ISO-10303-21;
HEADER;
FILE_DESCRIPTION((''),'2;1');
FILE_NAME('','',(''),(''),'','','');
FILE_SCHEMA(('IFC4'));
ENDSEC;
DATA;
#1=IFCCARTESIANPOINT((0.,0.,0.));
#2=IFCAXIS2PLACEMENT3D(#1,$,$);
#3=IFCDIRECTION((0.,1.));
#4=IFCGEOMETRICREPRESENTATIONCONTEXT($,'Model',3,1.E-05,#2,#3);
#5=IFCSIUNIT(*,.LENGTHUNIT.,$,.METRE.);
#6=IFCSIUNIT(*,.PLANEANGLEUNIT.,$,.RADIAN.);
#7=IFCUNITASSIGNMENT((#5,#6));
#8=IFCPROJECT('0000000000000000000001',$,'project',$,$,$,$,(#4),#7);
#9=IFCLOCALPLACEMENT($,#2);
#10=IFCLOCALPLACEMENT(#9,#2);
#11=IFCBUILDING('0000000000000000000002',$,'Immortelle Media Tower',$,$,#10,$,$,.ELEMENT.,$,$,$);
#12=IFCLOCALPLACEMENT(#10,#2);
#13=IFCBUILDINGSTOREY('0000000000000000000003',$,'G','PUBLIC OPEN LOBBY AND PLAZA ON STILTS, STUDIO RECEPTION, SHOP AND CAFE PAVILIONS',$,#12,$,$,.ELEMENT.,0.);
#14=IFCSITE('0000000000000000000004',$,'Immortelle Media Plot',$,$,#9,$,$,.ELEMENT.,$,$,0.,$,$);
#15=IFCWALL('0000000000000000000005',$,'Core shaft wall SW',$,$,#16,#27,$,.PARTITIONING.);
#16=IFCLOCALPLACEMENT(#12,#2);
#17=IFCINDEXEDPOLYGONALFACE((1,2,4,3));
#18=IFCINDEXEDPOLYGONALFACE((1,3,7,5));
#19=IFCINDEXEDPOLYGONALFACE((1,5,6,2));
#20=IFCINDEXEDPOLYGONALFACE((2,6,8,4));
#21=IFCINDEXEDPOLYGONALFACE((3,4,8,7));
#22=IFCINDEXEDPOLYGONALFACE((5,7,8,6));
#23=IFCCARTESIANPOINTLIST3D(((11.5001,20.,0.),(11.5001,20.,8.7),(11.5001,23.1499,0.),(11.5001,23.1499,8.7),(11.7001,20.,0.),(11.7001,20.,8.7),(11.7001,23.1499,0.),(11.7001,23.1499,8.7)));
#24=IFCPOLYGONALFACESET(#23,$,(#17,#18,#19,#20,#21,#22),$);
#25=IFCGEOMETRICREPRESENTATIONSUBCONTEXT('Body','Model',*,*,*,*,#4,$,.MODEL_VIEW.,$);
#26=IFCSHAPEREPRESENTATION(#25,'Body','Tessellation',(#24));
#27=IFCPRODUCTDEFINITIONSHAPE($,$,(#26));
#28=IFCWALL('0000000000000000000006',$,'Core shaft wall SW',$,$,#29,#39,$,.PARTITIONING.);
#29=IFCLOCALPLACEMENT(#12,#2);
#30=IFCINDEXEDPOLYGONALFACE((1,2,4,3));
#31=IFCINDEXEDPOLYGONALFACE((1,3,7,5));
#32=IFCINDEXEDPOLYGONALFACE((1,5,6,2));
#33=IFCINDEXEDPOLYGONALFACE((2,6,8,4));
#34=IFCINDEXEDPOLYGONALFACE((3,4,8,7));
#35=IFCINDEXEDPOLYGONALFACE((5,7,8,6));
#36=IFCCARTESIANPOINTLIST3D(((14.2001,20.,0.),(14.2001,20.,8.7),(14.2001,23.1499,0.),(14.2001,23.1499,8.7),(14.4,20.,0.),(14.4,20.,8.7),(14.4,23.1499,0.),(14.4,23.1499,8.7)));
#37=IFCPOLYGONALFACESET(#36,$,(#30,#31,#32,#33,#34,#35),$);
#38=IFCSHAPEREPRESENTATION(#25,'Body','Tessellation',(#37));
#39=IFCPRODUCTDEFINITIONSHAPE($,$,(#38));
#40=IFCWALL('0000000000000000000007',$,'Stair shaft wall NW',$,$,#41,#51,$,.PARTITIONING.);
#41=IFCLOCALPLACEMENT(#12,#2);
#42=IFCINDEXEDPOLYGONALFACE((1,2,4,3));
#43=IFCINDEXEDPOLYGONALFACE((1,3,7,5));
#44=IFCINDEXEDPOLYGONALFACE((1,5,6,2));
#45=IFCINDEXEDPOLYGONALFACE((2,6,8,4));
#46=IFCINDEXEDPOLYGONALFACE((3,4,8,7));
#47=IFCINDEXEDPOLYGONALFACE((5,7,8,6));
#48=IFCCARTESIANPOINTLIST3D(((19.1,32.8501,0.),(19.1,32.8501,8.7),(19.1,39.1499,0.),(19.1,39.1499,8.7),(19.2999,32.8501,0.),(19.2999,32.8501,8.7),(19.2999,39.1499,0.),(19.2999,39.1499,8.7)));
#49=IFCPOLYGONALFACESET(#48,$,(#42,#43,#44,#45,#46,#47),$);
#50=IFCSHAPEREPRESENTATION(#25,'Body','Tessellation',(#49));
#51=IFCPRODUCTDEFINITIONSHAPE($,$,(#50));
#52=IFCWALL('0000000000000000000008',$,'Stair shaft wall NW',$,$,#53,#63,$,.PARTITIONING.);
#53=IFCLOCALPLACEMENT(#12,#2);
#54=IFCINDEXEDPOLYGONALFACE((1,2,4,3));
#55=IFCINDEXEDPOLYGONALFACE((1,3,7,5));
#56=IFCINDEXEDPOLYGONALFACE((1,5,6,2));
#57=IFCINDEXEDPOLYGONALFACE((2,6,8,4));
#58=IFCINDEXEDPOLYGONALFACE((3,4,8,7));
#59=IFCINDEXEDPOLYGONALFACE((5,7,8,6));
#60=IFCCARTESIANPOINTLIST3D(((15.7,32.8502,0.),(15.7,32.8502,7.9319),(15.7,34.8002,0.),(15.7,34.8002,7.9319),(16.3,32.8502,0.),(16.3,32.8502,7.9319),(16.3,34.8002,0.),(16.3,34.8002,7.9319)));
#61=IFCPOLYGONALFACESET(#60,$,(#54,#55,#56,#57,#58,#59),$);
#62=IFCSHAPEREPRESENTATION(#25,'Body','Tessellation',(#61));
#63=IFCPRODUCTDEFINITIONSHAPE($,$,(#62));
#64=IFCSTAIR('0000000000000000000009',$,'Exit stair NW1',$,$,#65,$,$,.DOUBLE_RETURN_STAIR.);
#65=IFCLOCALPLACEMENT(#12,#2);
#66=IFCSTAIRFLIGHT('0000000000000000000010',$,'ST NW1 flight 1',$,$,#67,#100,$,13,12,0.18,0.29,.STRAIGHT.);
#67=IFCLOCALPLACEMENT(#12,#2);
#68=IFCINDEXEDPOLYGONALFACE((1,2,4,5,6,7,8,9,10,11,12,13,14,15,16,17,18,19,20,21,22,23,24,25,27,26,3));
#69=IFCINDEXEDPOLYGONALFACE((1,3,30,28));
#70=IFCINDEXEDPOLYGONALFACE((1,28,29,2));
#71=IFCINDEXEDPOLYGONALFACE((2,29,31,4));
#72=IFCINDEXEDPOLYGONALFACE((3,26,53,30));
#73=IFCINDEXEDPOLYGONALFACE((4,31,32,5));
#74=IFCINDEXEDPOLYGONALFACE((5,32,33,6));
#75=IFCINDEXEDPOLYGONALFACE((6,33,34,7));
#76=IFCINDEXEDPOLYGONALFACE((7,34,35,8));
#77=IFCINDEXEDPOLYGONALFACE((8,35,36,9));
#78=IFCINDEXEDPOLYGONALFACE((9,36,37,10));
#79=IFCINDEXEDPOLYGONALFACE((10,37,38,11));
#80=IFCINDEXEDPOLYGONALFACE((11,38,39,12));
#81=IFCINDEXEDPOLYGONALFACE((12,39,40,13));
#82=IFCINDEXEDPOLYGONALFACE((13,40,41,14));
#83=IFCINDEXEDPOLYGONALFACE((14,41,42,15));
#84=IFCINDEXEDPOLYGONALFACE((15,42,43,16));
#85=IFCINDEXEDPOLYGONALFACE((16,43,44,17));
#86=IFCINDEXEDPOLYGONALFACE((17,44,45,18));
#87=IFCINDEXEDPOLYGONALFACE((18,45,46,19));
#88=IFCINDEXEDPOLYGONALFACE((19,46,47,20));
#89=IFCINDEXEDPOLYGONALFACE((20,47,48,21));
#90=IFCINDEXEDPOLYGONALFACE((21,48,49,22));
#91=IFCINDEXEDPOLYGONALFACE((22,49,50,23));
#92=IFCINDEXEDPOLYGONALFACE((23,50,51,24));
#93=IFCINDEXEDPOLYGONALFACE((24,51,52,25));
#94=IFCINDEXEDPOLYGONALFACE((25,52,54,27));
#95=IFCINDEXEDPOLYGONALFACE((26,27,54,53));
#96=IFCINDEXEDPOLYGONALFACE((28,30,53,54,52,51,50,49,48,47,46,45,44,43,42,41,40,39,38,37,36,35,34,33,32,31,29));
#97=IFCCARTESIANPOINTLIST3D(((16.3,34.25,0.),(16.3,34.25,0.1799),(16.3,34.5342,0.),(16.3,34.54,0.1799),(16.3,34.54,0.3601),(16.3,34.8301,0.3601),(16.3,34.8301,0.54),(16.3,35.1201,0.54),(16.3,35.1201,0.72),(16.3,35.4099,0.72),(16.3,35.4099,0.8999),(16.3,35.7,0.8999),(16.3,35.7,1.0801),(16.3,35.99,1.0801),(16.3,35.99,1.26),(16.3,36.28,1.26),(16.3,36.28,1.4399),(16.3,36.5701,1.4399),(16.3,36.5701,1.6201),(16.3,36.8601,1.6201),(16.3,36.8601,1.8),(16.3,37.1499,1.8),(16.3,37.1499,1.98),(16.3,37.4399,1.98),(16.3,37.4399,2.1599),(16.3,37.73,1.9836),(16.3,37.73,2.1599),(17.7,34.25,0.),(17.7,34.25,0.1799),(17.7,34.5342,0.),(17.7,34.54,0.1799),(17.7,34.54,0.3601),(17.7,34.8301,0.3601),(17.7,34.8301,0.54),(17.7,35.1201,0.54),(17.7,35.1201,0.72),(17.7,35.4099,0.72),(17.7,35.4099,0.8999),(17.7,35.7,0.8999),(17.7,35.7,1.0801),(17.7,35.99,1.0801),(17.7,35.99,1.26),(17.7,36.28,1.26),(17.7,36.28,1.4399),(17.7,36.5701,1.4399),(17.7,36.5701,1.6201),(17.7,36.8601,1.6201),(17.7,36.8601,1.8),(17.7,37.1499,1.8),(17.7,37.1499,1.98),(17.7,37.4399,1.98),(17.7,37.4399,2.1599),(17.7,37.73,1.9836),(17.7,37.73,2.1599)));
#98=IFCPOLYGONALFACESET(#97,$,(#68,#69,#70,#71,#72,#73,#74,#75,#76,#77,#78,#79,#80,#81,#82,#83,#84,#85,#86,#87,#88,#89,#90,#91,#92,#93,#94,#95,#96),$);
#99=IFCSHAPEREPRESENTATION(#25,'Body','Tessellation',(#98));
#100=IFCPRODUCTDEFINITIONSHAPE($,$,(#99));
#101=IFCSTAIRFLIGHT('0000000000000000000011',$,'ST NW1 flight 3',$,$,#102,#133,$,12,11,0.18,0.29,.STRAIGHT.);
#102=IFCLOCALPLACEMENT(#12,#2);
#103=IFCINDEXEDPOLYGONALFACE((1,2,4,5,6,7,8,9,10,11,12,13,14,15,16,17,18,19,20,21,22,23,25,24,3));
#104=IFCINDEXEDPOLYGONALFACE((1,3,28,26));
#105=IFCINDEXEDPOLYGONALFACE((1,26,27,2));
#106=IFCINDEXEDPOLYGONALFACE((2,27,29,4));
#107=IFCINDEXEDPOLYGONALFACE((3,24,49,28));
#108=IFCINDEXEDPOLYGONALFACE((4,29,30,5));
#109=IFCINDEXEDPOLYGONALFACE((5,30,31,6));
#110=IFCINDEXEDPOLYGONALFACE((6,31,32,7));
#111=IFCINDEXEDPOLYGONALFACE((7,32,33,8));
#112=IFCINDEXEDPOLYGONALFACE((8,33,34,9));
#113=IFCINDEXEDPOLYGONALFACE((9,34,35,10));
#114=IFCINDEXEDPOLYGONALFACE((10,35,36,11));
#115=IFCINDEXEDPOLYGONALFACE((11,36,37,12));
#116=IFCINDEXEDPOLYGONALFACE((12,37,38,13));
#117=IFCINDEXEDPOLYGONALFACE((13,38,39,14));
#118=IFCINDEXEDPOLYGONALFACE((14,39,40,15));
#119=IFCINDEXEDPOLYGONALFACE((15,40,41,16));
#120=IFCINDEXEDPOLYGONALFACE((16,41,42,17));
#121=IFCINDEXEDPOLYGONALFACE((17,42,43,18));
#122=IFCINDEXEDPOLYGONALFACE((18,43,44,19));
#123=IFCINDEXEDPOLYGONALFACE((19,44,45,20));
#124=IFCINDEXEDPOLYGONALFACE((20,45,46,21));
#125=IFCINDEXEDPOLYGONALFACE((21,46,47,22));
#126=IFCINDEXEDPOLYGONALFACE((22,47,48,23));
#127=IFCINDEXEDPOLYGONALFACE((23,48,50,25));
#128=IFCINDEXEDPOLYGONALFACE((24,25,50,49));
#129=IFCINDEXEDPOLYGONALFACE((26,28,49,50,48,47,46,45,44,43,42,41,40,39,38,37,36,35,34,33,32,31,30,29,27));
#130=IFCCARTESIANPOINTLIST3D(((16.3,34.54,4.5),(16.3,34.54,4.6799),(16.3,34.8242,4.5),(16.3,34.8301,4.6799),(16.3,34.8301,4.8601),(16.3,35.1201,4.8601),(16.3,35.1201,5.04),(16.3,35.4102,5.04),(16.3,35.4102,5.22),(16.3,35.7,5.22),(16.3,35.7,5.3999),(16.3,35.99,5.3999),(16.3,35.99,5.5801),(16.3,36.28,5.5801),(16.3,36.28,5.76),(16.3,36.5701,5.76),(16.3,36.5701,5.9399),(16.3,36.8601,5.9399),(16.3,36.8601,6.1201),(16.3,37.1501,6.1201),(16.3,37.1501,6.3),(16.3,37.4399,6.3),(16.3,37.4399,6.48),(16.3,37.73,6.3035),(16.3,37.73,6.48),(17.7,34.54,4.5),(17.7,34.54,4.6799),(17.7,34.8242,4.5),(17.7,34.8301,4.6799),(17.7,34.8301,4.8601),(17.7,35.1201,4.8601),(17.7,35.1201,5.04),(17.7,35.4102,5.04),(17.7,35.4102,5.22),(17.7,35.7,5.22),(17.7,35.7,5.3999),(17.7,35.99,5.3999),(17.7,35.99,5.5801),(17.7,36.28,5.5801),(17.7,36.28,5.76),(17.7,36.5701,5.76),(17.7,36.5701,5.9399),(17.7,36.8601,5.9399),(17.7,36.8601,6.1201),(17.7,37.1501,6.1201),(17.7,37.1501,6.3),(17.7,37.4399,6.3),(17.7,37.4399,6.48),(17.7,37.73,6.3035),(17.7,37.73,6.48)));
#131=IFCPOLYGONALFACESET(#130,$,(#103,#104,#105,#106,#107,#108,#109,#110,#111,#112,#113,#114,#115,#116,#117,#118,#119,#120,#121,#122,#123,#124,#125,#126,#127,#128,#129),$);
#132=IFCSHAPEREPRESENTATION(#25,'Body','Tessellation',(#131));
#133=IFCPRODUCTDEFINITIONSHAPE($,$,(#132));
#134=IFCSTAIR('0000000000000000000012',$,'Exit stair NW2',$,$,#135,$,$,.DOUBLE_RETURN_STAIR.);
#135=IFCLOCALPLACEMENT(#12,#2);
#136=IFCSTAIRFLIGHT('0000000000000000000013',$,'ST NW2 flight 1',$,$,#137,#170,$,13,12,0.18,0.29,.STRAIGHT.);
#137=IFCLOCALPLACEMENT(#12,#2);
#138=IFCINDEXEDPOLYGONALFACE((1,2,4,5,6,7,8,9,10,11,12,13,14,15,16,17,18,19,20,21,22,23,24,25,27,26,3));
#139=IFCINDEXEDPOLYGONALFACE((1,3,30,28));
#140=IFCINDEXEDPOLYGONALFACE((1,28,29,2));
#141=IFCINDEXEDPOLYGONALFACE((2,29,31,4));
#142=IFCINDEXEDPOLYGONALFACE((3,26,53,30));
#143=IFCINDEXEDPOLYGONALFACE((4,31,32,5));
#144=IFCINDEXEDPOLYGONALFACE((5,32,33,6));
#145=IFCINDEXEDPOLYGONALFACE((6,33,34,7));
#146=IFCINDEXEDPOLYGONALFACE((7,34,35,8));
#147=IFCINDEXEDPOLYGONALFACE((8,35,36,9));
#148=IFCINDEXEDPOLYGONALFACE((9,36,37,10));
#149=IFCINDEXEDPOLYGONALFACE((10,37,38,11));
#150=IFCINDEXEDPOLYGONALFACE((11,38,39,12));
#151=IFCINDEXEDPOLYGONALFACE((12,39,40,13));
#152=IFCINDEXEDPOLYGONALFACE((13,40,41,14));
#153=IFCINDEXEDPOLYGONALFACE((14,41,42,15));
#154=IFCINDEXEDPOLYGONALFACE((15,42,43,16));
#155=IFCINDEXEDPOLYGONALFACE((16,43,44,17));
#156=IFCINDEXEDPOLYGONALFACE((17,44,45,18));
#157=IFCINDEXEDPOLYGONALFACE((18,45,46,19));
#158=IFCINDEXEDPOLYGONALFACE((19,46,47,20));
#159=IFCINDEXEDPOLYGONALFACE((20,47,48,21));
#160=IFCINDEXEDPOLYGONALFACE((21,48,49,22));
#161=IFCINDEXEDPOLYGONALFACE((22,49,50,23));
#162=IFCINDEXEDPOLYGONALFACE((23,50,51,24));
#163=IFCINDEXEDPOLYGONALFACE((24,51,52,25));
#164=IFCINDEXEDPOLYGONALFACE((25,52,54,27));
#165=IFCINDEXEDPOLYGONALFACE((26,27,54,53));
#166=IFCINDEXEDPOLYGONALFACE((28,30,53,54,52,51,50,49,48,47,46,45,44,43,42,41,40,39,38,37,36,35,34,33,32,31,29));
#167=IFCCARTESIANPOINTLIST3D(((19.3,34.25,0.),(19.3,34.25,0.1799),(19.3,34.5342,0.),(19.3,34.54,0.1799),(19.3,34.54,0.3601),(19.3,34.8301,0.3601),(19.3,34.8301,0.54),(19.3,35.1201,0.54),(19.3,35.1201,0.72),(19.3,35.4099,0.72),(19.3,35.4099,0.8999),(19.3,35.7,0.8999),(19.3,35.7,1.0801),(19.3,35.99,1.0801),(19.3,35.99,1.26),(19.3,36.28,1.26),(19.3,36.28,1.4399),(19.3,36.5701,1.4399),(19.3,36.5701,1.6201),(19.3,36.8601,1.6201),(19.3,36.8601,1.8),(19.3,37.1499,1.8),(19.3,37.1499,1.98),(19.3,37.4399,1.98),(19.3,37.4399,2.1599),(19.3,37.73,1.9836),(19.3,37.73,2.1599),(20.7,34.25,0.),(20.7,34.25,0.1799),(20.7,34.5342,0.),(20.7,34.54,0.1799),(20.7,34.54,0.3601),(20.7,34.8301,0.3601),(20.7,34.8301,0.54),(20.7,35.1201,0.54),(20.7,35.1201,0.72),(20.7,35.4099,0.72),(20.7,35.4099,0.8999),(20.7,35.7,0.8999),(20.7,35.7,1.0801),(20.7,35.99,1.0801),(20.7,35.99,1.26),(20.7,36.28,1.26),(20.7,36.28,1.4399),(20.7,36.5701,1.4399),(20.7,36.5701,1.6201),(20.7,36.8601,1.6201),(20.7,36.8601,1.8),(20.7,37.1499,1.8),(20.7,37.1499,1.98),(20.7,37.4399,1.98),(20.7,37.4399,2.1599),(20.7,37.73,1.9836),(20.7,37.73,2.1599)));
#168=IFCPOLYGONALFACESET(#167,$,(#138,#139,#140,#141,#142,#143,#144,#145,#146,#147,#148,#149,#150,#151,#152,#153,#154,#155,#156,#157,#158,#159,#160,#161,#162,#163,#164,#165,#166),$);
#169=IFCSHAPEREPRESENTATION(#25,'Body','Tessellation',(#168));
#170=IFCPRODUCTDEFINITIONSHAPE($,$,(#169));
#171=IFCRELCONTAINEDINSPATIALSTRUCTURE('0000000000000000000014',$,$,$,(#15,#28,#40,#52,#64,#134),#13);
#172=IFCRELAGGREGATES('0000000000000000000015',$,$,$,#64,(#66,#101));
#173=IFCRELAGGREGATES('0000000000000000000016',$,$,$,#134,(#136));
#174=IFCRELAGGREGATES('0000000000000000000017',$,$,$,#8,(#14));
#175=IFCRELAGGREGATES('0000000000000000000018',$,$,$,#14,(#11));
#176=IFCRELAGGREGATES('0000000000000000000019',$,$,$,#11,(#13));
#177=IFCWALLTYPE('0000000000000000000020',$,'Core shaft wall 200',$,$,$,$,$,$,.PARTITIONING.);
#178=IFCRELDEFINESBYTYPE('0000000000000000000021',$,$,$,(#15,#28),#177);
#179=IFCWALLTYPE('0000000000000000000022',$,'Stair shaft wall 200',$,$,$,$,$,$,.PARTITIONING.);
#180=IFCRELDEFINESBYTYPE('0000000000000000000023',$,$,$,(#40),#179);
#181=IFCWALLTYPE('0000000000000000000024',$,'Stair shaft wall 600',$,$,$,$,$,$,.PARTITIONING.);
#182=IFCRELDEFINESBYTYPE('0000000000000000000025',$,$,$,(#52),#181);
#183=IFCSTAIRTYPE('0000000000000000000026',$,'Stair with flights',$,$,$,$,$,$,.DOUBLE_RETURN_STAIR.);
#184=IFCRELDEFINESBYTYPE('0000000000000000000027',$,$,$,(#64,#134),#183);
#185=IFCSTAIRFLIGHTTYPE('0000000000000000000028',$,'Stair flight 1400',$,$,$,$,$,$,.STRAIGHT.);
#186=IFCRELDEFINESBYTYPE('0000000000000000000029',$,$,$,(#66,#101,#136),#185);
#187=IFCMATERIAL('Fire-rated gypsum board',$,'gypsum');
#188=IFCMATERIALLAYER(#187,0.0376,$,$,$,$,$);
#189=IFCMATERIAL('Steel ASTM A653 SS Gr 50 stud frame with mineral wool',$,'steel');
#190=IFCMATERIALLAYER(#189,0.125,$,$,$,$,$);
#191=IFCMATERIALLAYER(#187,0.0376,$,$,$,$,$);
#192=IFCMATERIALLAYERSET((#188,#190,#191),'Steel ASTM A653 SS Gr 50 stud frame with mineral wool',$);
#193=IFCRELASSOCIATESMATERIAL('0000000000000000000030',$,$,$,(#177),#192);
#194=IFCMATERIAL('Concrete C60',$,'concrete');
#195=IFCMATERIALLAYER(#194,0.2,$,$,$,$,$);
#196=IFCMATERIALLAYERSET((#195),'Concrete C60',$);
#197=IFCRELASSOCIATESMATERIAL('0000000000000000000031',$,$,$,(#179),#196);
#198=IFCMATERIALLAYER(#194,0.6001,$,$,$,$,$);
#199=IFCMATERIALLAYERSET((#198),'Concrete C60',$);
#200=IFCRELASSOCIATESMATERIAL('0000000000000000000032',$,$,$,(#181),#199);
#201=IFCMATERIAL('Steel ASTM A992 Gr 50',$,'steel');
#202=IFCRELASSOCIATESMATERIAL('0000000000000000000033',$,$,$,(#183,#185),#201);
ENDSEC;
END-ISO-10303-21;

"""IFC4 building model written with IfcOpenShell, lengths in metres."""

from ifc_helpers import new_model, si_unit, direction, frame, frame_2d, origin, place, context, subcontext, project, spatial, polyline, rectangle, outline, extrude, material, layer, layer_set, type_object, element, aggregate, save


model = new_model("IFC4")

# Units and contexts
model_context = context("Model", 3, precision=1e-05, world=origin(), true_north=direction((0.0, 1.0)))
body_context = subcontext(model_context, "Body", "Model", "MODEL_VIEW")
ifc_project = project(units=[si_unit("LENGTHUNIT", "METRE"), si_unit("PLANEANGLEUNIT", "RADIAN")], contexts=[model_context])

# Site, building, storey
site_placement = place(None, origin())
site = spatial("IfcSite", under=ifc_project, at=site_placement, Name="Immortelle Media Plot", CompositionType="ELEMENT", RefElevation=0.0)
building_placement = place(site_placement, origin())
building = spatial("IfcBuilding", under=site, at=building_placement, Name="Immortelle Media Tower", CompositionType="ELEMENT")
storey_placement = place(building_placement, origin())
storey = spatial("IfcBuildingStorey", under=building, at=storey_placement, Name="G", Description="PUBLIC OPEN LOBBY AND PLAZA ON STILTS, STUDIO RECEPTION, SHOP AND CAFE PAVILIONS", CompositionType="ELEMENT", Elevation=0.0)

# Shared definitions
ifc_material_1 = material(Name="Steel ASTM A992 Gr 50", Category="steel")

# Walls
ifc_material_2 = material(Name="Fire-rated gypsum board", Category="gypsum")
ifc_material_3 = material(Name="Steel ASTM A653 SS Gr 50 stud frame with mineral wool", Category="steel")
ifc_layer_1 = layer(ifc_material_2, 0.0376)
ifc_layer_2 = layer(ifc_material_3, 0.125)
ifc_layer_3 = layer(ifc_material_2, 0.0376)
ifc_layer_set_1 = layer_set([ifc_layer_1, ifc_layer_2, ifc_layer_3], Name="Steel ASTM A653 SS Gr 50 stud frame with mineral wool")
wall_type_1 = type_object("IfcWallType", Name="Core shaft wall 200", PredefinedType="PARTITIONING", material=ifc_layer_set_1)
for number, where, z_axis, x_axis, name in (
    (1, (11.6001, 20.0, 0.0), (0.0, 0.0, 1.0), (0.0, 1.0, 0.0), "Core shaft wall SW"),
    (2, (14.3, 20.0, 0.0), (0.0, 0.0, 1.0), (0.0, 1.0, 0.0), "Core shaft wall SW"),
):
    element("IfcWall", number, at=place(storey_placement, frame(where, z_axis=z_axis, x_axis=x_axis)), inside=storey, type_object=wall_type_1, Name=name, PredefinedType="PARTITIONING", context=body_context, shape_type="SweptSolid", body=[
        extrude(rectangle(XDim=3.1499, YDim=0.2, at=frame_2d((1.575, 0.0))), origin(), (0.0, 0.0, 1.0), 8.7),
    ])
ifc_material_4 = material(Name="Concrete C60", Category="concrete")
ifc_layer_4 = layer(ifc_material_4, 0.2)
ifc_layer_set_2 = layer_set([ifc_layer_4], Name="Concrete C60")
wall_type_2 = type_object("IfcWallType", Name="Stair shaft wall 200", PredefinedType="PARTITIONING", material=ifc_layer_set_2)
wall_1_placement = place(storey_placement, frame((19.2, 32.8501, 0.0), z_axis=(0.0, 0.0, 1.0), x_axis=(0.0, 1.0, 0.0)))
element("IfcWall", 3, at=wall_1_placement, inside=storey, type_object=wall_type_2, Name="Stair shaft wall NW", PredefinedType="PARTITIONING", context=body_context, shape_type="SweptSolid", body=[
    extrude(rectangle(XDim=6.2998, YDim=0.2, at=frame_2d((3.1499, 0.0))), origin(), (0.0, 0.0, 1.0), 8.7),
])
ifc_layer_5 = layer(ifc_material_4, 0.6001)
ifc_layer_set_3 = layer_set([ifc_layer_5], Name="Concrete C60")
wall_type_3 = type_object("IfcWallType", Name="Stair shaft wall 600", PredefinedType="PARTITIONING", material=ifc_layer_set_3)
wall_2_placement = place(storey_placement, frame((16.0, 32.8501, 0.0), z_axis=(0.0, 0.0, 1.0), x_axis=(0.0, 1.0, 0.0)))
element("IfcWall", 4, at=wall_2_placement, inside=storey, type_object=wall_type_3, Name="Stair shaft wall NW", PredefinedType="PARTITIONING", context=body_context, shape_type="SweptSolid", body=[
    extrude(rectangle(XDim=1.95, YDim=0.6001, at=frame_2d((0.9751, 0.0))), origin(), (0.0, 0.0, 1.0), 7.9319),
])

# Stairs, stair flights
stair_type = type_object("IfcStairType", Name="Stair with flights", PredefinedType="DOUBLE_RETURN_STAIR", material=ifc_material_1)
stair_1_placement = place(storey_placement, origin())
stair_1 = element("IfcStair", 5, at=stair_1_placement, inside=storey, type_object=stair_type, Name="Exit stair NW1", PredefinedType="DOUBLE_RETURN_STAIR")
stair_flight_type = type_object("IfcStairFlightType", Name="Stair flight 1400", PredefinedType="STRAIGHT", material=ifc_material_1)
stair_flight_1_placement = place(storey_placement, frame((17.0, 34.25, 0.0), z_axis=(0.0, 0.0, 1.0), x_axis=(0.0, 1.0, 0.0)))
stair_flight_1 = element("IfcStairFlight", 6, at=stair_flight_1_placement, type_object=stair_flight_type, Name="ST NW1 flight 1", NumberOfRisers=13, NumberOfTreads=12, PredefinedType="STRAIGHT", RiserHeight=0.18, TreadLength=0.29, context=body_context, shape_type="SweptSolid", body=[
    extrude(outline(polyline([(0.0, 0.0), (0.0, 0.1799), (0.29, 0.1799), (0.29, 0.3601), (0.5801, 0.3601), (0.5801, 0.54), (0.8701, 0.54), (0.8701, 0.72), (1.1599, 0.72), (1.1599, 0.8999), (1.45, 0.8999), (1.45, 1.0801), (1.74, 1.0801), (1.74, 1.26), (2.03, 1.26), (2.03, 1.4399), (2.3201, 1.4399), (2.3201, 1.6201), (2.6101, 1.6201), (2.6101, 1.8), (2.8999, 1.8), (2.8999, 1.98), (3.1899, 1.98), (3.1899, 2.1599), (3.48, 2.1599), (3.48, 2.3401), (3.48, 1.9836), (0.2842, 0.0), (0.0, 0.0)])), frame((0.0, 0.7, 0.0), z_axis=(0.0, -1.0, 0.0), x_axis=(1.0, 0.0, 0.0)), (0.0, 0.0, 1.0), 1.3999),
])
stair_flight_2_placement = place(storey_placement, frame((17.0, 34.54, 4.5), z_axis=(0.0, 0.0, 1.0), x_axis=(0.0, 1.0, 0.0)))
stair_flight_2 = element("IfcStairFlight", 7, at=stair_flight_2_placement, type_object=stair_flight_type, Name="ST NW1 flight 3", NumberOfRisers=12, NumberOfTreads=11, PredefinedType="STRAIGHT", RiserHeight=0.18, TreadLength=0.29, context=body_context, shape_type="SweptSolid", body=[
    extrude(outline(polyline([(0.0, 0.0), (0.0, 0.1799), (0.29, 0.1799), (0.29, 0.3601), (0.5801, 0.3601), (0.5801, 0.54), (0.8701, 0.54), (0.8701, 0.72), (1.1599, 0.72), (1.1599, 0.8999), (1.45, 0.8999), (1.45, 1.0801), (1.74, 1.0801), (1.74, 1.26), (2.03, 1.26), (2.03, 1.4399), (2.3201, 1.4399), (2.3201, 1.6201), (2.6101, 1.6201), (2.6101, 1.8), (2.8999, 1.8), (2.8999, 1.98), (3.1899, 1.98), (3.1899, 2.1599), (3.1899, 1.8035), (0.2842, 0.0), (0.0, 0.0)])), frame((0.0, 0.7, 0.0), z_axis=(0.0, -1.0, 0.0), x_axis=(1.0, 0.0, 0.0)), (0.0, 0.0, 1.0), 1.3999),
])
aggregate(stair_1, [stair_flight_1, stair_flight_2])
stair_2_placement = place(storey_placement, origin())
stair_2 = element("IfcStair", 8, at=stair_2_placement, inside=storey, type_object=stair_type, Name="Exit stair NW2", PredefinedType="DOUBLE_RETURN_STAIR")
stair_flight_3_placement = place(storey_placement, frame((20.0, 34.25, 0.0), z_axis=(0.0, 0.0, 1.0), x_axis=(0.0, 1.0, 0.0)))
stair_flight_3 = element("IfcStairFlight", 9, at=stair_flight_3_placement, type_object=stair_flight_type, Name="ST NW2 flight 1", NumberOfRisers=13, NumberOfTreads=12, PredefinedType="STRAIGHT", RiserHeight=0.18, TreadLength=0.29, context=body_context, shape_type="SweptSolid", body=[
    extrude(outline(polyline([(0.0, 0.0), (0.0, 0.1799), (0.29, 0.1799), (0.29, 0.3601), (0.5801, 0.3601), (0.5801, 0.54), (0.8701, 0.54), (0.8701, 0.72), (1.1599, 0.72), (1.1599, 0.8999), (1.45, 0.8999), (1.45, 1.0801), (1.74, 1.0801), (1.74, 1.26), (2.03, 1.26), (2.03, 1.4399), (2.3201, 1.4399), (2.3201, 1.6201), (2.6101, 1.6201), (2.6101, 1.8), (2.8999, 1.8), (2.8999, 1.98), (3.1899, 1.98), (3.1899, 2.1599), (3.48, 2.1599), (3.48, 2.3401), (3.48, 1.9836), (0.2842, 0.0), (0.0, 0.0)])), frame((0.0, 0.7, 0.0), z_axis=(0.0, -1.0, 0.0), x_axis=(1.0, 0.0, 0.0)), (0.0, 0.0, 1.0), 1.3999),
])
aggregate(stair_2, [stair_flight_3])

save(model, "model.ifc")
